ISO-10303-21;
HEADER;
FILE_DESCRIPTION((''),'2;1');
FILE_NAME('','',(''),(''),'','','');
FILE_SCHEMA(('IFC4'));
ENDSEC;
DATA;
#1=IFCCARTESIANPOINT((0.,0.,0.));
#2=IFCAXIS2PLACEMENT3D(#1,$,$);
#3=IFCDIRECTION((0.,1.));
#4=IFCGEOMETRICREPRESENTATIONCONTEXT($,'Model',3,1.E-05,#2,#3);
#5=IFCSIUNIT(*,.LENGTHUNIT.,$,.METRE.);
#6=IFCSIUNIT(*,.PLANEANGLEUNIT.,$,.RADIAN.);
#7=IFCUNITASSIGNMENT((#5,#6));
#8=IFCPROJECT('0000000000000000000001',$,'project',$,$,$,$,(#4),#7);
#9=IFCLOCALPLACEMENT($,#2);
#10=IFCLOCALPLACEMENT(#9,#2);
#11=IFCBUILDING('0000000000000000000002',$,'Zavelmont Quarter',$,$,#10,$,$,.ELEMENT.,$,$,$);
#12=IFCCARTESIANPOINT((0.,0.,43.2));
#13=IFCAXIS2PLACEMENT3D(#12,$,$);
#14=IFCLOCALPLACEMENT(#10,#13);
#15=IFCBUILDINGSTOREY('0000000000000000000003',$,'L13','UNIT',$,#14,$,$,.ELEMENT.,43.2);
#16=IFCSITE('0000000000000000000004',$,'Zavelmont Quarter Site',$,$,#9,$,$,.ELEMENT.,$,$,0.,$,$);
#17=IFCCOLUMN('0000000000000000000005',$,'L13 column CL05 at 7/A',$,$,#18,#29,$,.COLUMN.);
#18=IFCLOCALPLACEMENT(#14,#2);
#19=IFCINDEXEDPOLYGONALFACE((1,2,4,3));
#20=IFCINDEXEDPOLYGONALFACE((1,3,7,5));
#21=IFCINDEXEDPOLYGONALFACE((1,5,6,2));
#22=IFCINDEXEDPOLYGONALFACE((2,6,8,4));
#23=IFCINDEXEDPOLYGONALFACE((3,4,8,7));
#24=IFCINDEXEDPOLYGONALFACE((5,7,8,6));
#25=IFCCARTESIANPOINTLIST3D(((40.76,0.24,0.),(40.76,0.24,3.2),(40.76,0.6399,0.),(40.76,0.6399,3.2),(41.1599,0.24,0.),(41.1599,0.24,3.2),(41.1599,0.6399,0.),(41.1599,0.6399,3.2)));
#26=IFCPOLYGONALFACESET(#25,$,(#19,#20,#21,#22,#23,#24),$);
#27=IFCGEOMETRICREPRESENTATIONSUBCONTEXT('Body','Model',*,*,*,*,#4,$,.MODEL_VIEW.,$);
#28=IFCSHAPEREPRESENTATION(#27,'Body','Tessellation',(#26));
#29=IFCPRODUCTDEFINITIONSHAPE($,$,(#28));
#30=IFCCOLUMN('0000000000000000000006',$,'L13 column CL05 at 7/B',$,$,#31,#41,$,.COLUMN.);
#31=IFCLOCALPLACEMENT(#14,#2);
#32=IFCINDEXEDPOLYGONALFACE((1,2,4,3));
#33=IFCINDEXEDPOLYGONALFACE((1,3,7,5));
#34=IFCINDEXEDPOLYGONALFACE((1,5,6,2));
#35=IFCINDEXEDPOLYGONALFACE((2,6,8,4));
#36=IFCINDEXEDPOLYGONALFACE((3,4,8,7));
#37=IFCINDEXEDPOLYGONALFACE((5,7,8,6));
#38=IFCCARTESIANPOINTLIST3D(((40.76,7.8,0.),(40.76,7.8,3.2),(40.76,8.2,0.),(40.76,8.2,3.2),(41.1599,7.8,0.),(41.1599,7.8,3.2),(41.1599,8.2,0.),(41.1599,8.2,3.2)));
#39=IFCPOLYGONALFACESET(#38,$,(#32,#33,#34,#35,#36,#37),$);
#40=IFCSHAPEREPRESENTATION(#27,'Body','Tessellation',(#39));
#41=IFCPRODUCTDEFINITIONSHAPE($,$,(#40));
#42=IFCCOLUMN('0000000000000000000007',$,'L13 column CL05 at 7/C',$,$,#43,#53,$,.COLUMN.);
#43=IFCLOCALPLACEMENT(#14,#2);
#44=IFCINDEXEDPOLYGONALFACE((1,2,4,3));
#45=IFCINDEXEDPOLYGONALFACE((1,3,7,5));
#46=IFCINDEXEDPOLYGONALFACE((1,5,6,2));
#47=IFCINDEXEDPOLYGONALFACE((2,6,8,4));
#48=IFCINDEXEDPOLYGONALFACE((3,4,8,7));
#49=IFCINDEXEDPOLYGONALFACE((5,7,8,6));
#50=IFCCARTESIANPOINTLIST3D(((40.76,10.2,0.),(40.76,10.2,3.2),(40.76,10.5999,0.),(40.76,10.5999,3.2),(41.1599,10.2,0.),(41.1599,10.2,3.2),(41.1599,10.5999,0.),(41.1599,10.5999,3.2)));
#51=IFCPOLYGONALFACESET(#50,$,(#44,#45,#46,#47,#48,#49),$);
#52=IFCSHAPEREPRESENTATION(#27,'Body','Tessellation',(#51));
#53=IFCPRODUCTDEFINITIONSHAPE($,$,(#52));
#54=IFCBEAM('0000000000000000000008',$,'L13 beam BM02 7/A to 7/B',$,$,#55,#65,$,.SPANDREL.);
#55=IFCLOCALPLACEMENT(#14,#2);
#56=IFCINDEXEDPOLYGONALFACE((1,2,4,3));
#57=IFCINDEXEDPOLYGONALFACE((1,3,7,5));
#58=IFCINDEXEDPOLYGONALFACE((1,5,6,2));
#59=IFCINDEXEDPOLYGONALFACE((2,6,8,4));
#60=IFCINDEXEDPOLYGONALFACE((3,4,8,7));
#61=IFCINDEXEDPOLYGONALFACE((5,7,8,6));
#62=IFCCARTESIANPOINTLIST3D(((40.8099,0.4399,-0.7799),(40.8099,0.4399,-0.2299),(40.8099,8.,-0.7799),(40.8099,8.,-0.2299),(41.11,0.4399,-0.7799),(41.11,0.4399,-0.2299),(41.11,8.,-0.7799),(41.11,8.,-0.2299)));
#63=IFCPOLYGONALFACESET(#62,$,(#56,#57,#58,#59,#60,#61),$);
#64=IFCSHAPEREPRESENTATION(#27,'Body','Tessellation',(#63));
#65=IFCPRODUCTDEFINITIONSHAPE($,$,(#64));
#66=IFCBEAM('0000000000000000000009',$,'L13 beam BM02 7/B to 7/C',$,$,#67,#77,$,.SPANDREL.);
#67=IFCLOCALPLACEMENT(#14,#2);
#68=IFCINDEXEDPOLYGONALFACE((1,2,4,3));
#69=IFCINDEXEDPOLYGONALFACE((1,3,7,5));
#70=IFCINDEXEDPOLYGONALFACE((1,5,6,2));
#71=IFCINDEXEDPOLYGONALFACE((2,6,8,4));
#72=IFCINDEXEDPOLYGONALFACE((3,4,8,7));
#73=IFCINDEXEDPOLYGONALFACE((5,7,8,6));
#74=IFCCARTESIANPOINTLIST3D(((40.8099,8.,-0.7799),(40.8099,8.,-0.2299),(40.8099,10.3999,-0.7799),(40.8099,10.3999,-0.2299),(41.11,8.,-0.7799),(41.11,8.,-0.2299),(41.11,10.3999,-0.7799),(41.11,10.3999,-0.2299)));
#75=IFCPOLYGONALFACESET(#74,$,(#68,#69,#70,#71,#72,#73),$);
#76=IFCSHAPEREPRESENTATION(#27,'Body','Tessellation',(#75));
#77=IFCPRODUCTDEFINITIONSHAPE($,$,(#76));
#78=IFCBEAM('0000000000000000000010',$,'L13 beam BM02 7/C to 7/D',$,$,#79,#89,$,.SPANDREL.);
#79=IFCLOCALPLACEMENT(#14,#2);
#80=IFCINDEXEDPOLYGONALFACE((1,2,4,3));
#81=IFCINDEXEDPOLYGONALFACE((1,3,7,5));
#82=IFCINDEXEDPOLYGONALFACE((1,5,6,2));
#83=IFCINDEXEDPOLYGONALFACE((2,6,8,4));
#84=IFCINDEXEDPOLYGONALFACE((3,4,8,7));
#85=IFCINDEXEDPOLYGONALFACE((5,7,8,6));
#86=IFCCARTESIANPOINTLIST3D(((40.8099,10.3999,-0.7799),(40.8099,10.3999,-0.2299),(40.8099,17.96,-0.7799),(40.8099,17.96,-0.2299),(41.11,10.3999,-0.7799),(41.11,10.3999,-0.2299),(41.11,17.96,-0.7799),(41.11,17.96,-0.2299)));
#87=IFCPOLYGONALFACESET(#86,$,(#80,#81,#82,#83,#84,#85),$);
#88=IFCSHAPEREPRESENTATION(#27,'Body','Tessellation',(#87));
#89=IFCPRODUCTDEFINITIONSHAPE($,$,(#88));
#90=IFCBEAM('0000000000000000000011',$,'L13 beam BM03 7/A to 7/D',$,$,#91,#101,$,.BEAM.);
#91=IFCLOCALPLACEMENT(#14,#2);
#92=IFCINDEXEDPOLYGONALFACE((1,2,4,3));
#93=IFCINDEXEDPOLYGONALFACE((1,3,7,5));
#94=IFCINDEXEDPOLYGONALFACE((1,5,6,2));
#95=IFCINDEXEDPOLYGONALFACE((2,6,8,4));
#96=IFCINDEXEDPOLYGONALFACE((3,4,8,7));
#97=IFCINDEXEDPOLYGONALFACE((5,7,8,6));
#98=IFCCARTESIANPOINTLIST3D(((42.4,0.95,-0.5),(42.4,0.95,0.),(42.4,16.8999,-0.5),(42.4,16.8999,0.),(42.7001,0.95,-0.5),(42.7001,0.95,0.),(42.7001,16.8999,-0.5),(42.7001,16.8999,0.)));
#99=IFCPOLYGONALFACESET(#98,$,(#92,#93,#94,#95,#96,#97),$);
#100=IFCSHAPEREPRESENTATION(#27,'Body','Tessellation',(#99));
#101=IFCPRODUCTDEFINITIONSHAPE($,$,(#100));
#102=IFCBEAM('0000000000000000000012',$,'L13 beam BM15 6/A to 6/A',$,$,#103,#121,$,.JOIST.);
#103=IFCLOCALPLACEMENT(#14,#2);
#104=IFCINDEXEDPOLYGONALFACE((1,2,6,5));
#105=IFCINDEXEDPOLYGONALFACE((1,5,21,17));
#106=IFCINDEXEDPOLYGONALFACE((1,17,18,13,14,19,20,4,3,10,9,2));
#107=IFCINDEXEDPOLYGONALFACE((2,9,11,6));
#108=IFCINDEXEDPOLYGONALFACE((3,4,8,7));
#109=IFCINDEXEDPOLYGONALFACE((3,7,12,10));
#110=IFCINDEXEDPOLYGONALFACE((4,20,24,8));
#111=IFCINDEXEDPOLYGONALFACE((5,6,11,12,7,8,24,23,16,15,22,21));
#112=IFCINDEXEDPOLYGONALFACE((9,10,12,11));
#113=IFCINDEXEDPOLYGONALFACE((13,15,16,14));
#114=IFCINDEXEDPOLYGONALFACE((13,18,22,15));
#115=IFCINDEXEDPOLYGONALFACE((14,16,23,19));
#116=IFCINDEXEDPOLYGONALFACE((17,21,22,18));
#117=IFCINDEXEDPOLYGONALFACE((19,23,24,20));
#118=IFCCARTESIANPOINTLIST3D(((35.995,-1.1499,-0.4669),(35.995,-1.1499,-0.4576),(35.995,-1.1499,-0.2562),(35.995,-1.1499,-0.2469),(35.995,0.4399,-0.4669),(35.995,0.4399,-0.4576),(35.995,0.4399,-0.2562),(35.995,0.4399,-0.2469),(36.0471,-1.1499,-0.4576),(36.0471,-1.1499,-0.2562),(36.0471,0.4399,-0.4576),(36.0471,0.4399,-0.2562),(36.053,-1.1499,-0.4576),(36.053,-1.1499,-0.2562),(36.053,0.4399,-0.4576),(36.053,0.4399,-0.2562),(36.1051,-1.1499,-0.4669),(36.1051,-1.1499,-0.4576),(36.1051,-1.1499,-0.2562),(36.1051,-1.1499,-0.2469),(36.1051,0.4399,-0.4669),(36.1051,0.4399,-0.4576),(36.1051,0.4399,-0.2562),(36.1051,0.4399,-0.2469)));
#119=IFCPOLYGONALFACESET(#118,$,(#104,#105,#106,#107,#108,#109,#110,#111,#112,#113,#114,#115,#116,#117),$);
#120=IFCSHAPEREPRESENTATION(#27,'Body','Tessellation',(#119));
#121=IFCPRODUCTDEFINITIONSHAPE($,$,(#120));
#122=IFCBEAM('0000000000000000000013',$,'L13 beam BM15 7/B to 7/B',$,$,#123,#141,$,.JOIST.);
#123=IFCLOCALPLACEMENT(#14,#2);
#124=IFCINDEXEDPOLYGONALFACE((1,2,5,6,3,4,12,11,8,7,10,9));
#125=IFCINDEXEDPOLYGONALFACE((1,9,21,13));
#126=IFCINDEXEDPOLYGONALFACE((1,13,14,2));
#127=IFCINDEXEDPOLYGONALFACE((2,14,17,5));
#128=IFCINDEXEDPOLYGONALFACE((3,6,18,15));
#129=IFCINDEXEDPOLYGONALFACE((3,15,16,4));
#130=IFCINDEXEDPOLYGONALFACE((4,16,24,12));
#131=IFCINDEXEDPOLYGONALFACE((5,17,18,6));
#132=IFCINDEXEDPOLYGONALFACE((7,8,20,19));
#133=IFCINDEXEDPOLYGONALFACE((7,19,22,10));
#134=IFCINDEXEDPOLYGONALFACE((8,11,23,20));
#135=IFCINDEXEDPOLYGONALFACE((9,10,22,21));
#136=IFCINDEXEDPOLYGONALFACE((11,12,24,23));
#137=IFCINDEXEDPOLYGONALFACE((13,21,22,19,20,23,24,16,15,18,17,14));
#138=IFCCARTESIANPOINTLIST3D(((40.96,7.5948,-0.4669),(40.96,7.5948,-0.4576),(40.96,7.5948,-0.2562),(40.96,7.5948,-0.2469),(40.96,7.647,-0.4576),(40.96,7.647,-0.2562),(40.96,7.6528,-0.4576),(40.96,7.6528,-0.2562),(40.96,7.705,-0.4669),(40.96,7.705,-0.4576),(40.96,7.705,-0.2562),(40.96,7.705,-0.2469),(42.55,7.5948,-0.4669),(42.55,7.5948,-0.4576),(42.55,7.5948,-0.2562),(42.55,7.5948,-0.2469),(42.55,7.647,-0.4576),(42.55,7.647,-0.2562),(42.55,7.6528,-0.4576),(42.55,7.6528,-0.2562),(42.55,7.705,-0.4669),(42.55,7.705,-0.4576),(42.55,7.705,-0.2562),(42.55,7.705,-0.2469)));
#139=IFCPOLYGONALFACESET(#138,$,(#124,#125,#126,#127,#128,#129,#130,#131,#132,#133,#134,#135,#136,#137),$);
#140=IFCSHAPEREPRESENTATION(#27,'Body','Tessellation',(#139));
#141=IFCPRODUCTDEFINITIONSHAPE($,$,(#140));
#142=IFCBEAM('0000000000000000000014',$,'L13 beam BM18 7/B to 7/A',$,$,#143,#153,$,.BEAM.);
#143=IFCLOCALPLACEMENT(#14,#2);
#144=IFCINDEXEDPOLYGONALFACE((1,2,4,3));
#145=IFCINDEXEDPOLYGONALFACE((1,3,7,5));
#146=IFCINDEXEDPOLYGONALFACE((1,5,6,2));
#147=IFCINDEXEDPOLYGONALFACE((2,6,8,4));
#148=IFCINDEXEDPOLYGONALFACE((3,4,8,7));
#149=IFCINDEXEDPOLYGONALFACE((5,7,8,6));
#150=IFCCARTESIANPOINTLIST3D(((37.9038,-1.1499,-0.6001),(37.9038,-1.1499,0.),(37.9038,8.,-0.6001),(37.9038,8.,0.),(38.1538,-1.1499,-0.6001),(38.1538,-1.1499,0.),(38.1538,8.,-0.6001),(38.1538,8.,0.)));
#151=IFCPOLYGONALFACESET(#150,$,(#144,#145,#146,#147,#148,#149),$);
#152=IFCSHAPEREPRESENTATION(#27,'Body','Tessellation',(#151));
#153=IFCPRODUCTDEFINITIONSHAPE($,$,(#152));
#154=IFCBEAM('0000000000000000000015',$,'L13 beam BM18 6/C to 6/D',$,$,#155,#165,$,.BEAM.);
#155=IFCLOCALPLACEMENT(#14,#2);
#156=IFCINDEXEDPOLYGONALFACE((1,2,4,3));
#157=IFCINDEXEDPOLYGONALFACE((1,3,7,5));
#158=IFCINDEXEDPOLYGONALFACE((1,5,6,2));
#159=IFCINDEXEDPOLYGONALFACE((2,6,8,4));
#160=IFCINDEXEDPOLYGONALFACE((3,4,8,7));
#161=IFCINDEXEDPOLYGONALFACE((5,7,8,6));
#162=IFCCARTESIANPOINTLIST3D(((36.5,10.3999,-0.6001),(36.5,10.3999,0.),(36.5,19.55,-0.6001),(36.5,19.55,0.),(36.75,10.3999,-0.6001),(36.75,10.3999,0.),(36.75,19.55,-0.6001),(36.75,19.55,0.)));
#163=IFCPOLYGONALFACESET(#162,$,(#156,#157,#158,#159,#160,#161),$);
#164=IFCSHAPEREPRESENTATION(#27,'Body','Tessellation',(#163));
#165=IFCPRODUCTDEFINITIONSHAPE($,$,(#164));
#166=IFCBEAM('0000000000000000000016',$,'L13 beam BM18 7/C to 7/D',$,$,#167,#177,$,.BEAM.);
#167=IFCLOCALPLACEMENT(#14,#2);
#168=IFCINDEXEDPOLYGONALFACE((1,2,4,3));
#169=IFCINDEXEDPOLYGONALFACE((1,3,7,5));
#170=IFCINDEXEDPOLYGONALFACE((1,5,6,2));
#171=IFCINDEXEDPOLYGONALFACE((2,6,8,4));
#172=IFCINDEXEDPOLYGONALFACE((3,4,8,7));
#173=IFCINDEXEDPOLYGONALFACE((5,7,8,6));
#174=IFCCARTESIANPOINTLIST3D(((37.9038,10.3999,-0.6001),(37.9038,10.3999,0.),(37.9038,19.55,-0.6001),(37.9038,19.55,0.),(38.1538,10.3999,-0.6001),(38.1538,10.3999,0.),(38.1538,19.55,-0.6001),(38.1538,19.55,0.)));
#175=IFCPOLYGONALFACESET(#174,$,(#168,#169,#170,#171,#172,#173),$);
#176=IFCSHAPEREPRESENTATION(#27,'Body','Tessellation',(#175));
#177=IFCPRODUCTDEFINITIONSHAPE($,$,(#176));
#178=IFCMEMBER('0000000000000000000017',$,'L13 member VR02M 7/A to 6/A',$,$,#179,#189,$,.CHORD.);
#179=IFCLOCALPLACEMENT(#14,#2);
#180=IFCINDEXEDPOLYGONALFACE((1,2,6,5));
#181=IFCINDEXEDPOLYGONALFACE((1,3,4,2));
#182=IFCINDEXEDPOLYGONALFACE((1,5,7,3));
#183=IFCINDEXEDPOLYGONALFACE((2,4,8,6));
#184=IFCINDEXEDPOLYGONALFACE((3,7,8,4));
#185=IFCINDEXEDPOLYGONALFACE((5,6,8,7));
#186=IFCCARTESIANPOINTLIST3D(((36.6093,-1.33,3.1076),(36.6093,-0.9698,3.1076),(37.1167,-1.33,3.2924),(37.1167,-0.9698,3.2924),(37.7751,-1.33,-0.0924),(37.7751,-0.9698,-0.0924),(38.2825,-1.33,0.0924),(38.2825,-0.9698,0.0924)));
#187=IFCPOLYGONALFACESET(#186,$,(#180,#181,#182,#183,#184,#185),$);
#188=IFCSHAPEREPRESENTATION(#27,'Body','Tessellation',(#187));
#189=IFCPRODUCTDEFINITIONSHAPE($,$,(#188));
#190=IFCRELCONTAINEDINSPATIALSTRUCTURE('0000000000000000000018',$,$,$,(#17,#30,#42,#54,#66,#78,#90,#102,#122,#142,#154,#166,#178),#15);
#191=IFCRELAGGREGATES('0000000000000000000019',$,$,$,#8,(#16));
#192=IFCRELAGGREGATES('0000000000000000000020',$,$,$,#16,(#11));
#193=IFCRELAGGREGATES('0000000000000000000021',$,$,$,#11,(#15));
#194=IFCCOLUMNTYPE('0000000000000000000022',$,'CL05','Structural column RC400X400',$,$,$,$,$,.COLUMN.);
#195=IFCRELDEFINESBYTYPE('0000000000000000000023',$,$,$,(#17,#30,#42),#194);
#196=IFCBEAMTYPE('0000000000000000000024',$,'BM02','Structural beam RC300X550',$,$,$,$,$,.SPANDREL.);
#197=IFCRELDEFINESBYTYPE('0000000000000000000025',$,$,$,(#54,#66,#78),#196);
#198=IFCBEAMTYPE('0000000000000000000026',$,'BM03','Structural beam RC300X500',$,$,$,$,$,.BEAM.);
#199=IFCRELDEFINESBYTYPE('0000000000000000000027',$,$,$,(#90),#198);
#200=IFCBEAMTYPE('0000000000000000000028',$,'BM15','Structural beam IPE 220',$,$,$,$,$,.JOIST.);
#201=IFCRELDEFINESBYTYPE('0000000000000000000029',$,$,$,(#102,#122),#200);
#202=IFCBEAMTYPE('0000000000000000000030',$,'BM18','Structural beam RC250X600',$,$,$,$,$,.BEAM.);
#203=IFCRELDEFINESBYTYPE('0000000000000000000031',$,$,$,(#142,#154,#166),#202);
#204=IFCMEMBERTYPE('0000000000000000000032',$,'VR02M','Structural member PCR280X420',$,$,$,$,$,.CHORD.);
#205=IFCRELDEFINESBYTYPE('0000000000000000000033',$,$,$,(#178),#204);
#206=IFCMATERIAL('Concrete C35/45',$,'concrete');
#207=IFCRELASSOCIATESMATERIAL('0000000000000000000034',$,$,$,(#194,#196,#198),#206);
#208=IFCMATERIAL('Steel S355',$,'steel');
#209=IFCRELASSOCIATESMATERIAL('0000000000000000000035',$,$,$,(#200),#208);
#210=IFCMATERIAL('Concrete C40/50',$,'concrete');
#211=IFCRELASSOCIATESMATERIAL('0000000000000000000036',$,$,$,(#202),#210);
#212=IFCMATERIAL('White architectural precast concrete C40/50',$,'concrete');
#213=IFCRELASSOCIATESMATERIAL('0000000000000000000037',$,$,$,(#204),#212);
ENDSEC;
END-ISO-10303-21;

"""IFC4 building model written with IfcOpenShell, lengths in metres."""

from ifc_helpers import new_model, si_unit, direction, frame, origin, origin_2d, place, context, subcontext, project, spatial, rectangle, i_section, extrude, material, material_profile, profile_set, type_object, element, save


model = new_model("IFC4")

# Units and contexts
model_context = context("Model", 3, precision=1e-05, world=origin(), true_north=direction((0.0, 1.0)))
body_context = subcontext(model_context, "Body", "Model", "MODEL_VIEW")
ifc_project = project(units=[si_unit("LENGTHUNIT", "METRE"), si_unit("PLANEANGLEUNIT", "RADIAN")], contexts=[model_context])

# Site, building, storey
site_placement = place(None, origin())
site = spatial("IfcSite", under=ifc_project, at=site_placement, Name="Zavelmont Quarter Site", CompositionType="ELEMENT", RefElevation=0.0)
building_placement = place(site_placement, origin())
building = spatial("IfcBuilding", under=site, at=building_placement, Name="Zavelmont Quarter", CompositionType="ELEMENT")
storey_placement = place(building_placement, frame((0.0, 0.0, 43.2)))
storey = spatial("IfcBuildingStorey", under=building, at=storey_placement, Name="L13", Description="UNIT", CompositionType="ELEMENT", Elevation=43.2)

# Columns
ifc_material_1 = material(Name="Concrete C35/45", Category="concrete")
ifc_material_profile_1 = material_profile(ifc_material_1, rectangle(XDim=0.3999, YDim=0.3999, at=origin_2d()), Name="RC400X400")
ifc_profile_set_1 = profile_set([ifc_material_profile_1], Name="Concrete C35/45")
column_type = type_object("IfcColumnType", Name="CL05", Description="Structural column RC400X400", PredefinedType="COLUMN", material=ifc_profile_set_1)
for number, where, z_axis, x_axis, name in (
    (1, (40.96, 0.4399, 0.0), (0.0, 0.0, 1.0), (1.0, 0.0, 0.0), "L13 column CL05 at 7/A"),
    (2, (40.96, 8.0, 0.0), (0.0, 0.0, 1.0), (1.0, 0.0, 0.0), "L13 column CL05 at 7/B"),
    (3, (40.96, 10.3999, 0.0), (0.0, 0.0, 1.0), (1.0, 0.0, 0.0), "L13 column CL05 at 7/C"),
):
    element("IfcColumn", number, at=place(storey_placement, frame(where, z_axis=z_axis, x_axis=x_axis)), inside=storey, type_object=column_type, Name=name, PredefinedType="COLUMN", context=body_context, shape_type="SweptSolid", body=[
        extrude(rectangle(XDim=0.3999, YDim=0.3999, at=origin_2d()), origin(), (0.0, 0.0, 1.0), 3.2),
    ])

# Beams
ifc_material_profile_2 = material_profile(ifc_material_1, rectangle(XDim=0.3, YDim=0.55, at=origin_2d()), Name="RC300X550")
ifc_profile_set_2 = profile_set([ifc_material_profile_2], Name="Concrete C35/45")
beam_type_1 = type_object("IfcBeamType", Name="BM02", Description="Structural beam RC300X550", PredefinedType="SPANDREL", material=ifc_profile_set_2)
beam_1_placement = place(storey_placement, frame((40.96, 0.4399, -0.5049), z_axis=(0.0, 1.0, 0.0), x_axis=(-1.0, 0.0, 0.0)))
element("IfcBeam", 4, at=beam_1_placement, inside=storey, type_object=beam_type_1, Name="L13 beam BM02 7/A to 7/B", PredefinedType="SPANDREL", context=body_context, shape_type="SweptSolid", body=[
    extrude(rectangle(XDim=0.3, YDim=0.55, at=origin_2d()), origin(), (0.0, 0.0, 1.0), 7.5601),
])
beam_2_placement = place(storey_placement, frame((40.96, 8.0, -0.5049), z_axis=(0.0, 1.0, 0.0), x_axis=(-1.0, 0.0, 0.0)))
element("IfcBeam", 5, at=beam_2_placement, inside=storey, type_object=beam_type_1, Name="L13 beam BM02 7/B to 7/C", PredefinedType="SPANDREL", context=body_context, shape_type="SweptSolid", body=[
    extrude(rectangle(XDim=0.3, YDim=0.55, at=origin_2d()), origin(), (0.0, 0.0, 1.0), 2.3999),
])
beam_3_placement = place(storey_placement, frame((40.96, 10.3999, -0.5049), z_axis=(0.0, 1.0, 0.0), x_axis=(-1.0, 0.0, 0.0)))
element("IfcBeam", 6, at=beam_3_placement, inside=storey, type_object=beam_type_1, Name="L13 beam BM02 7/C to 7/D", PredefinedType="SPANDREL", context=body_context, shape_type="SweptSolid", body=[
    extrude(rectangle(XDim=0.3, YDim=0.55, at=origin_2d()), origin(), (0.0, 0.0, 1.0), 7.5601),
])
ifc_material_profile_3 = material_profile(ifc_material_1, rectangle(XDim=0.3, YDim=0.5, at=origin_2d()), Name="RC300X500")
ifc_profile_set_3 = profile_set([ifc_material_profile_3], Name="Concrete C35/45")
beam_type_2 = type_object("IfcBeamType", Name="BM03", Description="Structural beam RC300X500", PredefinedType="BEAM", material=ifc_profile_set_3)
beam_4_placement = place(storey_placement, frame((42.55, 0.95, -0.25), z_axis=(0.0, 1.0, 0.0), x_axis=(-1.0, 0.0, 0.0)))
element("IfcBeam", 7, at=beam_4_placement, inside=storey, type_object=beam_type_2, Name="L13 beam BM03 7/A to 7/D", PredefinedType="BEAM", context=body_context, shape_type="SweptSolid", body=[
    extrude(rectangle(XDim=0.3, YDim=0.5, at=origin_2d()), origin(), (0.0, 0.0, 1.0), 15.95),
])
ifc_material_2 = material(Name="Steel S355", Category="steel")
ifc_material_profile_4 = material_profile(ifc_material_2, i_section(OverallWidth=0.1101, OverallDepth=0.22, WebThickness=0.0059, FlangeThickness=0.0093, at=origin_2d()), Name="IPE 220")
ifc_profile_set_4 = profile_set([ifc_material_profile_4], Name="Steel S355")
beam_type_3 = type_object("IfcBeamType", Name="BM15", Description="Structural beam IPE 220", PredefinedType="JOIST", material=ifc_profile_set_4)
beam_5_placement = place(storey_placement, frame((36.05, 0.4399, -0.3569), z_axis=(0.0, -1.0, 0.0), x_axis=(1.0, 0.0, 0.0)))
element("IfcBeam", 8, at=beam_5_placement, inside=storey, type_object=beam_type_3, Name="L13 beam BM15 6/A to 6/A", PredefinedType="JOIST", context=body_context, shape_type="SweptSolid", body=[
    extrude(i_section(OverallWidth=0.1101, OverallDepth=0.22, WebThickness=0.0059, FlangeThickness=0.0093, at=origin_2d()), origin(), (0.0, 0.0, 1.0), 1.5898),
])
beam_6_placement = place(storey_placement, frame((40.96, 7.6499, -0.3569), z_axis=(1.0, 0.0, 0.0), x_axis=(0.0, 1.0, 0.0)))
element("IfcBeam", 9, at=beam_6_placement, inside=storey, type_object=beam_type_3, Name="L13 beam BM15 7/B to 7/B", PredefinedType="JOIST", context=body_context, shape_type="SweptSolid", body=[
    extrude(i_section(OverallWidth=0.1101, OverallDepth=0.22, WebThickness=0.0059, FlangeThickness=0.0093, at=origin_2d()), origin(), (0.0, 0.0, 1.0), 1.5901),
])
ifc_material_3 = material(Name="Concrete C40/50", Category="concrete")
ifc_material_profile_5 = material_profile(ifc_material_3, rectangle(XDim=0.25, YDim=0.6001, at=origin_2d()), Name="RC250X600")
ifc_profile_set_5 = profile_set([ifc_material_profile_5], Name="Concrete C40/50")
beam_type_4 = type_object("IfcBeamType", Name="BM18", Description="Structural beam RC250X600", PredefinedType="BEAM", material=ifc_profile_set_5)
beam_7_placement = place(storey_placement, frame((38.0288, 8.0, -0.3), z_axis=(0.0, -1.0, 0.0), x_axis=(1.0, 0.0, 0.0)))
element("IfcBeam", 10, at=beam_7_placement, inside=storey, type_object=beam_type_4, Name="L13 beam BM18 7/B to 7/A", PredefinedType="BEAM", context=body_context, shape_type="SweptSolid", body=[
    extrude(rectangle(XDim=0.25, YDim=0.6001, at=origin_2d()), origin(), (0.0, 0.0, 1.0), 9.1499),
])
for number, where, z_axis, x_axis, name in (
    (11, (36.625, 10.3999, -0.3), (0.0, 1.0, 0.0), (-1.0, 0.0, 0.0), "L13 beam BM18 6/C to 6/D"),
    (12, (38.0288, 10.3999, -0.3), (0.0, 1.0, 0.0), (-1.0, 0.0, 0.0), "L13 beam BM18 7/C to 7/D"),
):
    element("IfcBeam", number, at=place(storey_placement, frame(where, z_axis=z_axis, x_axis=x_axis)), inside=storey, type_object=beam_type_4, Name=name, PredefinedType="BEAM", context=body_context, shape_type="SweptSolid", body=[
        extrude(rectangle(XDim=0.25, YDim=0.6001, at=origin_2d()), origin(), (0.0, 0.0, 1.0), 9.1501),
    ])

# Member
ifc_material_4 = material(Name="White architectural precast concrete C40/50", Category="concrete")
ifc_material_profile_6 = material_profile(ifc_material_4, rectangle(XDim=0.3601, YDim=0.54, at=origin_2d()), Name="PCR280X420")
ifc_profile_set_6 = profile_set([ifc_material_profile_6], Name="White architectural precast concrete C40/50")
member_type = type_object("IfcMemberType", Name="VR02M", Description="Structural member PCR280X420", PredefinedType="CHORD", material=ifc_profile_set_6)
member_1_placement = place(storey_placement, frame((38.0288, -1.1499, 0.0), z_axis=(-0.342301, 0.0, 0.93959), x_axis=(0.0, -1.0, 0.0)))
element("IfcMember", 13, at=member_1_placement, inside=storey, type_object=member_type, Name="L13 member VR02M 7/A to 6/A", PredefinedType="CHORD", context=body_context, shape_type="SweptSolid", body=[
    extrude(rectangle(XDim=0.3601, YDim=0.54, at=origin_2d()), origin(), (0.0, 0.0, 1.0), 3.4058),
])

save(model, "model.ifc")
